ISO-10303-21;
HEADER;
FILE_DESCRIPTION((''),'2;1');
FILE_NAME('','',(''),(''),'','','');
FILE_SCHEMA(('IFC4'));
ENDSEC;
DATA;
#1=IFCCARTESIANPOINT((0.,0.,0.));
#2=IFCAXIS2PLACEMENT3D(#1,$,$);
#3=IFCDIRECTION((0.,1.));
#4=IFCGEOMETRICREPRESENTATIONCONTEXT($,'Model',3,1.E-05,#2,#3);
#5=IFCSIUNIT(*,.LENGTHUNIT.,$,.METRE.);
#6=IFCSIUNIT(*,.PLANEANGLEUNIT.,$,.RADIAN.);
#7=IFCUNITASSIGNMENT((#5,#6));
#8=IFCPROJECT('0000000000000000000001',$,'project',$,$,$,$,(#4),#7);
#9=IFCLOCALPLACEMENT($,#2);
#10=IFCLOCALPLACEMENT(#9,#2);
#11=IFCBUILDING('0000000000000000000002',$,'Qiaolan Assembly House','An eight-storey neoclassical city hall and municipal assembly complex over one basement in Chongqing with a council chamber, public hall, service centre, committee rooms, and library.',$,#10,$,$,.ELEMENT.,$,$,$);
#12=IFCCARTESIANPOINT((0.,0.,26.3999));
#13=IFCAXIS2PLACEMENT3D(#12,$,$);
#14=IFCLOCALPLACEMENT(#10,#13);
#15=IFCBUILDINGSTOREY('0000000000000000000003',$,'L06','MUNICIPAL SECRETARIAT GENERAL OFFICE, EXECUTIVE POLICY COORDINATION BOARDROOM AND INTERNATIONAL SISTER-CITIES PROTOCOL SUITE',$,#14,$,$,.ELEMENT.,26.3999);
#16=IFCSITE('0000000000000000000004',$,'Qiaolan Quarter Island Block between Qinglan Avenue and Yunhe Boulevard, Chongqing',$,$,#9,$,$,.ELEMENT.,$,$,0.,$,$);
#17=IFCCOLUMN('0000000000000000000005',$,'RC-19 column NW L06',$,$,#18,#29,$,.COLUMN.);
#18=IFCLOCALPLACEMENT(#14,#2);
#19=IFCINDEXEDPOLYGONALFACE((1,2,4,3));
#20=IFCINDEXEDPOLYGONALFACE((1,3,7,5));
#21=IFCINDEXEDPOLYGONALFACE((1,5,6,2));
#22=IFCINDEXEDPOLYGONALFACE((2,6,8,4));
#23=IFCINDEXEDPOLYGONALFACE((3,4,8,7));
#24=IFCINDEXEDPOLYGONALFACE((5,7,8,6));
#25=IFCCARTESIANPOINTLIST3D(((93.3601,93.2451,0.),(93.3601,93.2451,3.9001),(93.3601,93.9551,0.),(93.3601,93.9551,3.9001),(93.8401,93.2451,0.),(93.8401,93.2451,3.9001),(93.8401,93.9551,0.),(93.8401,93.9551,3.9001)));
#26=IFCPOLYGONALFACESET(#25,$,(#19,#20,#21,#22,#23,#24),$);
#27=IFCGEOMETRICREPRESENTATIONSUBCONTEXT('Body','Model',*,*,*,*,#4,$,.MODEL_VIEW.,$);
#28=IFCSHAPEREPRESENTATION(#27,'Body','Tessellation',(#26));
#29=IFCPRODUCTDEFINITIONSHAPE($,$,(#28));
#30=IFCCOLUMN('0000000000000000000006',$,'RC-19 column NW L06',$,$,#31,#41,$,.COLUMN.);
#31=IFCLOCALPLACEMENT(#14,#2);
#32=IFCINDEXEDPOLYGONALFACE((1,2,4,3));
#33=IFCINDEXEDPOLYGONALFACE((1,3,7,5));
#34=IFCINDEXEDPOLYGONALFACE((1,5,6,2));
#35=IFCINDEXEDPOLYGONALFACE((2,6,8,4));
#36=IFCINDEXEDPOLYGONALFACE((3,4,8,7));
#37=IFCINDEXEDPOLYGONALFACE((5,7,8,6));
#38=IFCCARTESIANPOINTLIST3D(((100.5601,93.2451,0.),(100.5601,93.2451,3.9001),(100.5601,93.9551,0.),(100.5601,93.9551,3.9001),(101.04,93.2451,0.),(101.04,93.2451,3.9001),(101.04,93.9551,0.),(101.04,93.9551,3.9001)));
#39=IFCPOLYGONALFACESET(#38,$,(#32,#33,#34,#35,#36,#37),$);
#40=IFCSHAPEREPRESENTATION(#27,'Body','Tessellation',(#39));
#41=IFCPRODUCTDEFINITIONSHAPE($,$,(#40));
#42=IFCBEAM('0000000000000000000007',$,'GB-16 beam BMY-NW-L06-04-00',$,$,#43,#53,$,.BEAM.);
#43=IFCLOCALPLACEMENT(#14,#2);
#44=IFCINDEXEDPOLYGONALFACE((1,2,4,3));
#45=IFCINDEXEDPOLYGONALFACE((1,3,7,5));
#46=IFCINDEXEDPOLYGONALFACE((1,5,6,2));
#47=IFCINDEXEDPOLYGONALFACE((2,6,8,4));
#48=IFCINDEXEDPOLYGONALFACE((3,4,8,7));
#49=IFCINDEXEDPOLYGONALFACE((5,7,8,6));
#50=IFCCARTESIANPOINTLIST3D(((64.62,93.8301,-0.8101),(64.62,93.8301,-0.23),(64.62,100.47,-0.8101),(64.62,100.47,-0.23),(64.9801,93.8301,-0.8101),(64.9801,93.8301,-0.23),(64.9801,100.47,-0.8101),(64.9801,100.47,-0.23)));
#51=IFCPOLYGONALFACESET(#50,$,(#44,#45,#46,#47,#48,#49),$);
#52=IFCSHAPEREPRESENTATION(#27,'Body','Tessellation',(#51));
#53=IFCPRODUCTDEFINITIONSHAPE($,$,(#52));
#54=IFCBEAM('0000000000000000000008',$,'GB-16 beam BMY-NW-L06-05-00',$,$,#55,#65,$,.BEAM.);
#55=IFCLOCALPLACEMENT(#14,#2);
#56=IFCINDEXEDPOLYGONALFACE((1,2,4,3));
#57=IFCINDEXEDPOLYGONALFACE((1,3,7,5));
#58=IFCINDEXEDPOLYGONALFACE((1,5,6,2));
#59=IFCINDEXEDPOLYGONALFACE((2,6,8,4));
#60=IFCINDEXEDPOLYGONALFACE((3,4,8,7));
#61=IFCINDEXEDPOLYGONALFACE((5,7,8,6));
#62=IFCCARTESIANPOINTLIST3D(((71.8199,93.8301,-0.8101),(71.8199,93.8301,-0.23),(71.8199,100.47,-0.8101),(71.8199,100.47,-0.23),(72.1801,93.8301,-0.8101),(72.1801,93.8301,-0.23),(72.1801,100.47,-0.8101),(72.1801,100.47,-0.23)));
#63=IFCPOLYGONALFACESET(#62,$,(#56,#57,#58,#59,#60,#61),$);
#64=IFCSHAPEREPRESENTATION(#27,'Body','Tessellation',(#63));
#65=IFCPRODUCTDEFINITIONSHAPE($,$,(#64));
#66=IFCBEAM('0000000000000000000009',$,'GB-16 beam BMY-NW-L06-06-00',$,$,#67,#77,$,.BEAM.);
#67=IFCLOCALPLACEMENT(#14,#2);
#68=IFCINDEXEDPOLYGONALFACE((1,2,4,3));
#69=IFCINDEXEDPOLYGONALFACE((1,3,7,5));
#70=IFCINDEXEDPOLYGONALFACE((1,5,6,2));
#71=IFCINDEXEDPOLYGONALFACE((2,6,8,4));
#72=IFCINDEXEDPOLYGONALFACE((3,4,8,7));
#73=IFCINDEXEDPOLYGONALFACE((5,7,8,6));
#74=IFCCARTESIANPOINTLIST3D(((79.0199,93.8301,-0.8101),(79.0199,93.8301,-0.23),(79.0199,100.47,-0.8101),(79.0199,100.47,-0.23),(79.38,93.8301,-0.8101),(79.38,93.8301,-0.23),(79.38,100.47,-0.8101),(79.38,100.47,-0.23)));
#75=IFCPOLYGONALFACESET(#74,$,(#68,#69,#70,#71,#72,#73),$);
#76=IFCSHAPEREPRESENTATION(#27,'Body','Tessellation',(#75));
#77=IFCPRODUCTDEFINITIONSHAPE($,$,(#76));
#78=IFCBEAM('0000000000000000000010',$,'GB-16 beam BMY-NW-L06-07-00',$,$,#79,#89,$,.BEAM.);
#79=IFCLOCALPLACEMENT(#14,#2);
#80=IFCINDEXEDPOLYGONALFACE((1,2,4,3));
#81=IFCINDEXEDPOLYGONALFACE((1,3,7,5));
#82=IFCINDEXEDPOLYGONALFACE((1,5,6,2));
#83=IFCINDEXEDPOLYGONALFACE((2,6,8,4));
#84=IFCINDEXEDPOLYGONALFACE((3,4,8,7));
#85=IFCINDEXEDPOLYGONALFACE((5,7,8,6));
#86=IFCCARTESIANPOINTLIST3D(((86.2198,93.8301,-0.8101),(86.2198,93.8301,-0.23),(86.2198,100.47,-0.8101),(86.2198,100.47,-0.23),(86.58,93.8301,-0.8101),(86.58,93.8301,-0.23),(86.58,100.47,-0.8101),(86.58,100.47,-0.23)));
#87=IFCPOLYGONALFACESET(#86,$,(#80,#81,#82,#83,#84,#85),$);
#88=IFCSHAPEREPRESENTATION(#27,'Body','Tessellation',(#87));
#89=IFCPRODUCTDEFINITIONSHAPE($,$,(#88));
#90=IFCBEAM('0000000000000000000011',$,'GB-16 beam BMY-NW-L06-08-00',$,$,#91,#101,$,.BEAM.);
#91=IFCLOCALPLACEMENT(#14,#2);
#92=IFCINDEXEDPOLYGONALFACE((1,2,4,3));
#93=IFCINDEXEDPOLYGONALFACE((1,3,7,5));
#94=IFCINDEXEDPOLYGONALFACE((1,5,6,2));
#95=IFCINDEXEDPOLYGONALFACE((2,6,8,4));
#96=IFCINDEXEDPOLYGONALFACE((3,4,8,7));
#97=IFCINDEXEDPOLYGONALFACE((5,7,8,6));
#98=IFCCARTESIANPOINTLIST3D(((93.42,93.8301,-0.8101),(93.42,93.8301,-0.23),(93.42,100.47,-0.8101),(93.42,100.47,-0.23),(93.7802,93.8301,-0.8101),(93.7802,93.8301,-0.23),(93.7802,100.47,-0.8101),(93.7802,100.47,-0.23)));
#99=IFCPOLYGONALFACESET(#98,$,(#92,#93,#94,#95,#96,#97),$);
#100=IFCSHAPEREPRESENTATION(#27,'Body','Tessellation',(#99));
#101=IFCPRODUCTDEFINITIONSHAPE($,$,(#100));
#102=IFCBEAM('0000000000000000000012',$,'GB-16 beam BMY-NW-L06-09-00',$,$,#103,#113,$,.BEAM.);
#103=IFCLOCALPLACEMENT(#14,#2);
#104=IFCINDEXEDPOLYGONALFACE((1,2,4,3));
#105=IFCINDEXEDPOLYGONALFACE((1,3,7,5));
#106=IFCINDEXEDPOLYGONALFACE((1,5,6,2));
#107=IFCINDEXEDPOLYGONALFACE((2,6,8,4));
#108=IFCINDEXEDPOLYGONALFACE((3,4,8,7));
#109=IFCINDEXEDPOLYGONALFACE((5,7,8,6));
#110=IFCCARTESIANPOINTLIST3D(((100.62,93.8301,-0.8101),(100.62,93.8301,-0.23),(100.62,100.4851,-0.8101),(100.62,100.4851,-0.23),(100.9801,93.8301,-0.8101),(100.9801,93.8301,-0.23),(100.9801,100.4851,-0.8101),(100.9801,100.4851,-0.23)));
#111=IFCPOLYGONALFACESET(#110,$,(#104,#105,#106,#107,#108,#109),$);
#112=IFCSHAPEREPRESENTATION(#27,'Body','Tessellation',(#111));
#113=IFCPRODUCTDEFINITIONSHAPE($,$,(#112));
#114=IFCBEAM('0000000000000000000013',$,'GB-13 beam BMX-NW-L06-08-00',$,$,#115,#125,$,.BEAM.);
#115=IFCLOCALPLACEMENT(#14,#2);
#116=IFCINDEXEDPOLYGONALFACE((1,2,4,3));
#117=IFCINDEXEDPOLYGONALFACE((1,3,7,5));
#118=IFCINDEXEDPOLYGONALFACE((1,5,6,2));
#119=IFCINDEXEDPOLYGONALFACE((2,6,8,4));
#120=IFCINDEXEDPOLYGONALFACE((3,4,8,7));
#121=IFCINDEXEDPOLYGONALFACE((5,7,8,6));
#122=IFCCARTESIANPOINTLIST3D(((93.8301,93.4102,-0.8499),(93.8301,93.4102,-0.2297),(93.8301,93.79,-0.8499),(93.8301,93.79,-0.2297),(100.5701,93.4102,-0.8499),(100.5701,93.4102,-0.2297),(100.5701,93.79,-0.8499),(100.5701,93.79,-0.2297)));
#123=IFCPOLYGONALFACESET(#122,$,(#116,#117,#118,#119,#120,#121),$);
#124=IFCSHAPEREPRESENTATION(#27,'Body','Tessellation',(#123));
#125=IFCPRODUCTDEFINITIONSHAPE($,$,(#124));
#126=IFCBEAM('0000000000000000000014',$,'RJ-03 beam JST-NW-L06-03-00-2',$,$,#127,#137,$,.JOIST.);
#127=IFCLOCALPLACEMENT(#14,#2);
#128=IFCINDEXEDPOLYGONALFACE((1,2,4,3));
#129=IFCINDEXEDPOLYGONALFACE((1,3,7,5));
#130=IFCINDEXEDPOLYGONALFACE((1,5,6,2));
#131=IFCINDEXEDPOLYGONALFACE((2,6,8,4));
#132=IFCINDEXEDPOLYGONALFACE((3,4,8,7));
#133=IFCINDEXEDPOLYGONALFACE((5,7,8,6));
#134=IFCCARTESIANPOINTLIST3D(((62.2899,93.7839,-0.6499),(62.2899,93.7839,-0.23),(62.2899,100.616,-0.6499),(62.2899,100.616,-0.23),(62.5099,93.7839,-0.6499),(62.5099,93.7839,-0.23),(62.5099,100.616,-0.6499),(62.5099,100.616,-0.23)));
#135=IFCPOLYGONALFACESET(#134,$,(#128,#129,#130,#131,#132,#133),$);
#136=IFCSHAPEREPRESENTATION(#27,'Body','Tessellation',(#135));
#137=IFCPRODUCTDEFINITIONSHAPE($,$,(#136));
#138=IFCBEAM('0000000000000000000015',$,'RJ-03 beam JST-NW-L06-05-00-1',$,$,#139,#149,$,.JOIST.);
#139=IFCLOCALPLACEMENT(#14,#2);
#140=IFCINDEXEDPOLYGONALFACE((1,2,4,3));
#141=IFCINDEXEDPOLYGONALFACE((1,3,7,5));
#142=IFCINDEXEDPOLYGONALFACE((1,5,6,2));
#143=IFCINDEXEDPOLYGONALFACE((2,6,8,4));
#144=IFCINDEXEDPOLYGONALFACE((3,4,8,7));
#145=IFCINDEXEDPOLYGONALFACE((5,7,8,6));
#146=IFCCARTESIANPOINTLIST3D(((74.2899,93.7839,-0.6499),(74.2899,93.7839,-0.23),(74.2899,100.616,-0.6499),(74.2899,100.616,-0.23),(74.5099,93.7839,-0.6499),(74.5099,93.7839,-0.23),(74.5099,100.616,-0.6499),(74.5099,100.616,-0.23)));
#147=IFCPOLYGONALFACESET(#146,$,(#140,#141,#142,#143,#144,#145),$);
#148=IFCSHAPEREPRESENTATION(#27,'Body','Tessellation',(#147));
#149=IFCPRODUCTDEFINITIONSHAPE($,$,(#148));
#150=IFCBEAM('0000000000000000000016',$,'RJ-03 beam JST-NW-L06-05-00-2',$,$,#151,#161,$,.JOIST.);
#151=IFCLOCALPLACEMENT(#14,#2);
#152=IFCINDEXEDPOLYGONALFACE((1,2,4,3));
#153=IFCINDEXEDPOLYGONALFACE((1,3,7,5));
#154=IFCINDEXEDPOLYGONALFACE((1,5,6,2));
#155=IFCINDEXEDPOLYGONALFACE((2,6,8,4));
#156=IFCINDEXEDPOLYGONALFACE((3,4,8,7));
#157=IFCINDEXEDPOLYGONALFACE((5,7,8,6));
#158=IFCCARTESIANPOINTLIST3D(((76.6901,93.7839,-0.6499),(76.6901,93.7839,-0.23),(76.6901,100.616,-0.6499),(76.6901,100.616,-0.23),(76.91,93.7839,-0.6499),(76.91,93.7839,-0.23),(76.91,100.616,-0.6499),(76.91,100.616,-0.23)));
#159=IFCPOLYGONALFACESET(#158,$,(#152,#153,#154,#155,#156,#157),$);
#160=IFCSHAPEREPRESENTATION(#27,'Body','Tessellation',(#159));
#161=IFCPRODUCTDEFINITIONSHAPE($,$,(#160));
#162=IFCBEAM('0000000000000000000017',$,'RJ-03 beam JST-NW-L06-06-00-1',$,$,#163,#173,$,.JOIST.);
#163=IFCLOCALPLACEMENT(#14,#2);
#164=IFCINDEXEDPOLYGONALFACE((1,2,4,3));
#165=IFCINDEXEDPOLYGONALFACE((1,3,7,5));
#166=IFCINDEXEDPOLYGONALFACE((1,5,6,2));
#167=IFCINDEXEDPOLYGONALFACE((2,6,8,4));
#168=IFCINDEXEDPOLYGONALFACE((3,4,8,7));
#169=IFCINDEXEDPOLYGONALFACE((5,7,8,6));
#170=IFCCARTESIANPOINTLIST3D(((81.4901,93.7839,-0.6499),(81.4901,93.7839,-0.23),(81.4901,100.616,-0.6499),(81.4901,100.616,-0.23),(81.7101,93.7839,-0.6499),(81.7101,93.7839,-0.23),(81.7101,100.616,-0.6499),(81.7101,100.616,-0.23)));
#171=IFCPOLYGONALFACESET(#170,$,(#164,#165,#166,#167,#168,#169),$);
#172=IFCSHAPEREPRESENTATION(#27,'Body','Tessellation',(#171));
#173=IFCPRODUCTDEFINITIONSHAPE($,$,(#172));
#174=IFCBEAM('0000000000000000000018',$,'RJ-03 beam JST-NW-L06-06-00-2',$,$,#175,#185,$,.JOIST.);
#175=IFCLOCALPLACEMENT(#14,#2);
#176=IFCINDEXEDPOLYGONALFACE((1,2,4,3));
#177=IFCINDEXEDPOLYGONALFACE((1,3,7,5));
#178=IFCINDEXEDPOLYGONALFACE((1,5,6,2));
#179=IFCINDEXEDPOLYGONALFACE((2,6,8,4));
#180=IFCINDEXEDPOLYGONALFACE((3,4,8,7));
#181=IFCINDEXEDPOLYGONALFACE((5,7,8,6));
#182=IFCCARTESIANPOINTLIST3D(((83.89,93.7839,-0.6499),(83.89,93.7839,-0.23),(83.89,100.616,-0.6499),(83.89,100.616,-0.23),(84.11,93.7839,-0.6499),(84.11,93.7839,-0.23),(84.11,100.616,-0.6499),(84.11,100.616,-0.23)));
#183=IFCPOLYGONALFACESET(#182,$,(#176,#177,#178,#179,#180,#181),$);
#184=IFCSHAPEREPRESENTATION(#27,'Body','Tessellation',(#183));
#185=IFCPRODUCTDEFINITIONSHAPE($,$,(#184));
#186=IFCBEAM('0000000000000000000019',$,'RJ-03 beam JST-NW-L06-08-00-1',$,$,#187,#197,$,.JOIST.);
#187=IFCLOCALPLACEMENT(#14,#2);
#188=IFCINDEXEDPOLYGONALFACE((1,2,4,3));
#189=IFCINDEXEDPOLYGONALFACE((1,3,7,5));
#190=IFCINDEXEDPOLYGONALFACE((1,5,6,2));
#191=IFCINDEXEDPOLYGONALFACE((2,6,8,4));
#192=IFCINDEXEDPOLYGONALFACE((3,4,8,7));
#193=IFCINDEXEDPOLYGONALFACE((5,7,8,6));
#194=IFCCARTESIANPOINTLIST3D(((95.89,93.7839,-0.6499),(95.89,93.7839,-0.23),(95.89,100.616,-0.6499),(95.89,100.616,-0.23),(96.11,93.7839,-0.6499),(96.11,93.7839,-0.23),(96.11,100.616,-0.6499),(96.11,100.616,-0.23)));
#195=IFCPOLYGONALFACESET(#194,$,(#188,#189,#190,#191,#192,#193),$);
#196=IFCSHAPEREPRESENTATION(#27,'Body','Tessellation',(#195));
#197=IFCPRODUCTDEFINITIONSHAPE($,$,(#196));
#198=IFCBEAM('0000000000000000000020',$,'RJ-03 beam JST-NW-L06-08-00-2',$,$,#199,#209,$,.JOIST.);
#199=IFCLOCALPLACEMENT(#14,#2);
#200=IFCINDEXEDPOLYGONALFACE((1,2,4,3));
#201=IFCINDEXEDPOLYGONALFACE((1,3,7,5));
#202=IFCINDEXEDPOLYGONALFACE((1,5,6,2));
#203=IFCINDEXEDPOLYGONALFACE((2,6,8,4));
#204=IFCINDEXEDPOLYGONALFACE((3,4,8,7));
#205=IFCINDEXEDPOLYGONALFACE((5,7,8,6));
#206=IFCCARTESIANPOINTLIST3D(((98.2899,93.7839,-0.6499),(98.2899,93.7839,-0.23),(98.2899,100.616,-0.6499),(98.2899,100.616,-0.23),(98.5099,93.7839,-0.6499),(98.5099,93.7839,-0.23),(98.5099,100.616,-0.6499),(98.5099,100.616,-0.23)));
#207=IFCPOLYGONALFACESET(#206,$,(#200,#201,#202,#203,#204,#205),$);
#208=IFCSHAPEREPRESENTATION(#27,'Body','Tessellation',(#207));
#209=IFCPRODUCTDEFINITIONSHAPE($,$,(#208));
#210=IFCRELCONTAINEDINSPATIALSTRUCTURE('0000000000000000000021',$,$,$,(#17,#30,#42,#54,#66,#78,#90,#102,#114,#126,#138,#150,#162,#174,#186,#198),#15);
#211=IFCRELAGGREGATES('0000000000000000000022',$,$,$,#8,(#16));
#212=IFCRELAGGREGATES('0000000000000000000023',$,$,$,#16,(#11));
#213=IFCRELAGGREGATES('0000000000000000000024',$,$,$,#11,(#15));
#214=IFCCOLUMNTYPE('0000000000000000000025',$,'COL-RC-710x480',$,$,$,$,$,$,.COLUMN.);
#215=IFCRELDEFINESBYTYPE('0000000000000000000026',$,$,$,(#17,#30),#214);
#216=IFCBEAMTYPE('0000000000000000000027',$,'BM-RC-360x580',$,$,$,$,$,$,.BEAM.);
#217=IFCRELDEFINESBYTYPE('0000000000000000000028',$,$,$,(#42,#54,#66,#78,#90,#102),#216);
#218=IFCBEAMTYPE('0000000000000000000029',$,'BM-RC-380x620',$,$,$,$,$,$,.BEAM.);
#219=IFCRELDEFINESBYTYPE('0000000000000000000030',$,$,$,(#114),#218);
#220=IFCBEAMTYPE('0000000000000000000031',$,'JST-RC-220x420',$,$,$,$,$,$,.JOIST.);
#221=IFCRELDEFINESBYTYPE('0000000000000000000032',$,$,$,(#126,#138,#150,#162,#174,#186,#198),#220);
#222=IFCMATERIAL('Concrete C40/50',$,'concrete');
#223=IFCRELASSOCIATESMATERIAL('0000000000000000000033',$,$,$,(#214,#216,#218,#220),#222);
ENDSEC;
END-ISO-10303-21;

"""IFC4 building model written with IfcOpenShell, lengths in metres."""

from ifc_helpers import new_model, si_unit, direction, frame, origin, origin_2d, place, context, subcontext, project, spatial, rectangle, extrude, material, material_profile, profile_set, type_object, element, save


model = new_model("IFC4")

# Units and contexts
model_context = context("Model", 3, precision=1e-05, world=origin(), true_north=direction((0.0, 1.0)))
body_context = subcontext(model_context, "Body", "Model", "MODEL_VIEW")
ifc_project = project(units=[si_unit("LENGTHUNIT", "METRE"), si_unit("PLANEANGLEUNIT", "RADIAN")], contexts=[model_context])

# Site, building, storey
site_placement = place(None, origin())
site = spatial("IfcSite", under=ifc_project, at=site_placement, Name="Qiaolan Quarter Island Block between Qinglan Avenue and Yunhe Boulevard, Chongqing", CompositionType="ELEMENT", RefElevation=0.0)
building_placement = place(site_placement, origin())
building = spatial("IfcBuilding", under=site, at=building_placement, Name="Qiaolan Assembly House", Description="An eight-storey neoclassical city hall and municipal assembly complex over one basement in Chongqing with a council chamber, public hall, service centre, committee rooms, and library.", CompositionType="ELEMENT")
storey_placement = place(building_placement, frame((0.0, 0.0, 26.3999)))
storey = spatial("IfcBuildingStorey", under=building, at=storey_placement, Name="L06", Description="MUNICIPAL SECRETARIAT GENERAL OFFICE, EXECUTIVE POLICY COORDINATION BOARDROOM AND INTERNATIONAL SISTER-CITIES PROTOCOL SUITE", CompositionType="ELEMENT", Elevation=26.3999)

# Columns
ifc_material_1 = material(Name="Concrete C40/50", Category="concrete")
ifc_material_profile_1 = material_profile(ifc_material_1, rectangle(XDim=0.48, YDim=0.71, at=origin_2d()), Name="RC 710x480")
ifc_profile_set_1 = profile_set([ifc_material_profile_1], Name="Concrete C40/50")
column_type = type_object("IfcColumnType", Name="COL-RC-710x480", PredefinedType="COLUMN", material=ifc_profile_set_1)
for number, where, z_axis, x_axis, name in (
    (1, (93.6001, 93.6001, 0.0), (0.0, 0.0, 1.0), (1.0, 0.0, 0.0), "RC-19 column NW L06"),
    (2, (100.8, 93.6001, 0.0), (0.0, 0.0, 1.0), (1.0, 0.0, 0.0), "RC-19 column NW L06"),
):
    element("IfcColumn", number, at=place(storey_placement, frame(where, z_axis=z_axis, x_axis=x_axis)), inside=storey, type_object=column_type, Name=name, PredefinedType="COLUMN", context=body_context, shape_type="SweptSolid", body=[
        extrude(rectangle(XDim=0.48, YDim=0.71, at=origin_2d()), origin(), (0.0, 0.0, 1.0), 3.9001),
    ])

# Beams
ifc_material_profile_2 = material_profile(ifc_material_1, rectangle(XDim=0.3601, YDim=0.5801, at=origin_2d()), Name="RCB 360x580")
ifc_profile_set_2 = profile_set([ifc_material_profile_2], Name="Concrete C40/50")
beam_type_1 = type_object("IfcBeamType", Name="BM-RC-360x580", PredefinedType="BEAM", material=ifc_profile_set_2)
for number, where, z_axis, x_axis, name in (
    (3, (64.8, 93.8301, -0.52), (0.0, 1.0, 0.0), (-1.0, 0.0, 0.0), "GB-16 beam BMY-NW-L06-04-00"),
    (4, (72.0, 93.8301, -0.52), (0.0, 1.0, 0.0), (-1.0, 0.0, 0.0), "GB-16 beam BMY-NW-L06-05-00"),
    (5, (79.2, 93.8301, -0.52), (0.0, 1.0, 0.0), (-1.0, 0.0, 0.0), "GB-16 beam BMY-NW-L06-06-00"),
    (6, (86.3999, 93.8301, -0.52), (0.0, 1.0, 0.0), (-1.0, 0.0, 0.0), "GB-16 beam BMY-NW-L06-07-00"),
    (7, (93.6001, 93.8301, -0.52), (0.0, 1.0, 0.0), (-1.0, 0.0, 0.0), "GB-16 beam BMY-NW-L06-08-00"),
):
    element("IfcBeam", number, at=place(storey_placement, frame(where, z_axis=z_axis, x_axis=x_axis)), inside=storey, type_object=beam_type_1, Name=name, PredefinedType="BEAM", context=body_context, shape_type="SweptSolid", body=[
        extrude(rectangle(XDim=0.3601, YDim=0.5801, at=origin_2d()), origin(), (0.0, 0.0, 1.0), 6.6399),
    ])
beam_1_placement = place(storey_placement, frame((100.8, 93.8301, -0.52), z_axis=(0.0, 1.0, 0.0), x_axis=(-1.0, 0.0, 0.0)))
element("IfcBeam", 8, at=beam_1_placement, inside=storey, type_object=beam_type_1, Name="GB-16 beam BMY-NW-L06-09-00", PredefinedType="BEAM", context=body_context, shape_type="SweptSolid", body=[
    extrude(rectangle(XDim=0.3601, YDim=0.5801, at=origin_2d()), origin(), (0.0, 0.0, 1.0), 6.655),
])
ifc_material_profile_3 = material_profile(ifc_material_1, rectangle(XDim=0.3799, YDim=0.6201, at=origin_2d()), Name="RCB 380x620")
ifc_profile_set_3 = profile_set([ifc_material_profile_3], Name="Concrete C40/50")
beam_type_2 = type_object("IfcBeamType", Name="BM-RC-380x620", PredefinedType="BEAM", material=ifc_profile_set_3)
beam_2_placement = place(storey_placement, frame((93.8301, 93.6001, -0.5398), z_axis=(1.0, 0.0, 0.0), x_axis=(0.0, 1.0, 0.0)))
element("IfcBeam", 9, at=beam_2_placement, inside=storey, type_object=beam_type_2, Name="GB-13 beam BMX-NW-L06-08-00", PredefinedType="BEAM", context=body_context, shape_type="SweptSolid", body=[
    extrude(rectangle(XDim=0.3799, YDim=0.6201, at=origin_2d()), origin(), (0.0, 0.0, 1.0), 6.74),
])
ifc_material_profile_4 = material_profile(ifc_material_1, rectangle(XDim=0.22, YDim=0.4199, at=origin_2d()), Name="RCB 220x420")
ifc_profile_set_4 = profile_set([ifc_material_profile_4], Name="Concrete C40/50")
beam_type_3 = type_object("IfcBeamType", Name="JST-RC-220x420", PredefinedType="JOIST", material=ifc_profile_set_4)
for number, where, z_axis, x_axis, name in (
    (10, (62.3999, 93.7839, -0.4399), (0.0, 1.0, 0.0), (-1.0, 0.0, 0.0), "RJ-03 beam JST-NW-L06-03-00-2"),
    (11, (74.3999, 93.7839, -0.4399), (0.0, 1.0, 0.0), (-1.0, 0.0, 0.0), "RJ-03 beam JST-NW-L06-05-00-1"),
    (12, (76.8, 93.7839, -0.4399), (0.0, 1.0, 0.0), (-1.0, 0.0, 0.0), "RJ-03 beam JST-NW-L06-05-00-2"),
    (13, (81.6001, 93.7839, -0.4399), (0.0, 1.0, 0.0), (-1.0, 0.0, 0.0), "RJ-03 beam JST-NW-L06-06-00-1"),
    (14, (84.0, 93.7839, -0.4399), (0.0, 1.0, 0.0), (-1.0, 0.0, 0.0), "RJ-03 beam JST-NW-L06-06-00-2"),
    (15, (96.0, 93.7839, -0.4399), (0.0, 1.0, 0.0), (-1.0, 0.0, 0.0), "RJ-03 beam JST-NW-L06-08-00-1"),
    (16, (98.3999, 93.7839, -0.4399), (0.0, 1.0, 0.0), (-1.0, 0.0, 0.0), "RJ-03 beam JST-NW-L06-08-00-2"),
):
    element("IfcBeam", number, at=place(storey_placement, frame(where, z_axis=z_axis, x_axis=x_axis)), inside=storey, type_object=beam_type_3, Name=name, PredefinedType="JOIST", context=body_context, shape_type="SweptSolid", body=[
        extrude(rectangle(XDim=0.22, YDim=0.4199, at=origin_2d()), origin(), (0.0, 0.0, 1.0), 6.832),
    ])

save(model, "model.ifc")
